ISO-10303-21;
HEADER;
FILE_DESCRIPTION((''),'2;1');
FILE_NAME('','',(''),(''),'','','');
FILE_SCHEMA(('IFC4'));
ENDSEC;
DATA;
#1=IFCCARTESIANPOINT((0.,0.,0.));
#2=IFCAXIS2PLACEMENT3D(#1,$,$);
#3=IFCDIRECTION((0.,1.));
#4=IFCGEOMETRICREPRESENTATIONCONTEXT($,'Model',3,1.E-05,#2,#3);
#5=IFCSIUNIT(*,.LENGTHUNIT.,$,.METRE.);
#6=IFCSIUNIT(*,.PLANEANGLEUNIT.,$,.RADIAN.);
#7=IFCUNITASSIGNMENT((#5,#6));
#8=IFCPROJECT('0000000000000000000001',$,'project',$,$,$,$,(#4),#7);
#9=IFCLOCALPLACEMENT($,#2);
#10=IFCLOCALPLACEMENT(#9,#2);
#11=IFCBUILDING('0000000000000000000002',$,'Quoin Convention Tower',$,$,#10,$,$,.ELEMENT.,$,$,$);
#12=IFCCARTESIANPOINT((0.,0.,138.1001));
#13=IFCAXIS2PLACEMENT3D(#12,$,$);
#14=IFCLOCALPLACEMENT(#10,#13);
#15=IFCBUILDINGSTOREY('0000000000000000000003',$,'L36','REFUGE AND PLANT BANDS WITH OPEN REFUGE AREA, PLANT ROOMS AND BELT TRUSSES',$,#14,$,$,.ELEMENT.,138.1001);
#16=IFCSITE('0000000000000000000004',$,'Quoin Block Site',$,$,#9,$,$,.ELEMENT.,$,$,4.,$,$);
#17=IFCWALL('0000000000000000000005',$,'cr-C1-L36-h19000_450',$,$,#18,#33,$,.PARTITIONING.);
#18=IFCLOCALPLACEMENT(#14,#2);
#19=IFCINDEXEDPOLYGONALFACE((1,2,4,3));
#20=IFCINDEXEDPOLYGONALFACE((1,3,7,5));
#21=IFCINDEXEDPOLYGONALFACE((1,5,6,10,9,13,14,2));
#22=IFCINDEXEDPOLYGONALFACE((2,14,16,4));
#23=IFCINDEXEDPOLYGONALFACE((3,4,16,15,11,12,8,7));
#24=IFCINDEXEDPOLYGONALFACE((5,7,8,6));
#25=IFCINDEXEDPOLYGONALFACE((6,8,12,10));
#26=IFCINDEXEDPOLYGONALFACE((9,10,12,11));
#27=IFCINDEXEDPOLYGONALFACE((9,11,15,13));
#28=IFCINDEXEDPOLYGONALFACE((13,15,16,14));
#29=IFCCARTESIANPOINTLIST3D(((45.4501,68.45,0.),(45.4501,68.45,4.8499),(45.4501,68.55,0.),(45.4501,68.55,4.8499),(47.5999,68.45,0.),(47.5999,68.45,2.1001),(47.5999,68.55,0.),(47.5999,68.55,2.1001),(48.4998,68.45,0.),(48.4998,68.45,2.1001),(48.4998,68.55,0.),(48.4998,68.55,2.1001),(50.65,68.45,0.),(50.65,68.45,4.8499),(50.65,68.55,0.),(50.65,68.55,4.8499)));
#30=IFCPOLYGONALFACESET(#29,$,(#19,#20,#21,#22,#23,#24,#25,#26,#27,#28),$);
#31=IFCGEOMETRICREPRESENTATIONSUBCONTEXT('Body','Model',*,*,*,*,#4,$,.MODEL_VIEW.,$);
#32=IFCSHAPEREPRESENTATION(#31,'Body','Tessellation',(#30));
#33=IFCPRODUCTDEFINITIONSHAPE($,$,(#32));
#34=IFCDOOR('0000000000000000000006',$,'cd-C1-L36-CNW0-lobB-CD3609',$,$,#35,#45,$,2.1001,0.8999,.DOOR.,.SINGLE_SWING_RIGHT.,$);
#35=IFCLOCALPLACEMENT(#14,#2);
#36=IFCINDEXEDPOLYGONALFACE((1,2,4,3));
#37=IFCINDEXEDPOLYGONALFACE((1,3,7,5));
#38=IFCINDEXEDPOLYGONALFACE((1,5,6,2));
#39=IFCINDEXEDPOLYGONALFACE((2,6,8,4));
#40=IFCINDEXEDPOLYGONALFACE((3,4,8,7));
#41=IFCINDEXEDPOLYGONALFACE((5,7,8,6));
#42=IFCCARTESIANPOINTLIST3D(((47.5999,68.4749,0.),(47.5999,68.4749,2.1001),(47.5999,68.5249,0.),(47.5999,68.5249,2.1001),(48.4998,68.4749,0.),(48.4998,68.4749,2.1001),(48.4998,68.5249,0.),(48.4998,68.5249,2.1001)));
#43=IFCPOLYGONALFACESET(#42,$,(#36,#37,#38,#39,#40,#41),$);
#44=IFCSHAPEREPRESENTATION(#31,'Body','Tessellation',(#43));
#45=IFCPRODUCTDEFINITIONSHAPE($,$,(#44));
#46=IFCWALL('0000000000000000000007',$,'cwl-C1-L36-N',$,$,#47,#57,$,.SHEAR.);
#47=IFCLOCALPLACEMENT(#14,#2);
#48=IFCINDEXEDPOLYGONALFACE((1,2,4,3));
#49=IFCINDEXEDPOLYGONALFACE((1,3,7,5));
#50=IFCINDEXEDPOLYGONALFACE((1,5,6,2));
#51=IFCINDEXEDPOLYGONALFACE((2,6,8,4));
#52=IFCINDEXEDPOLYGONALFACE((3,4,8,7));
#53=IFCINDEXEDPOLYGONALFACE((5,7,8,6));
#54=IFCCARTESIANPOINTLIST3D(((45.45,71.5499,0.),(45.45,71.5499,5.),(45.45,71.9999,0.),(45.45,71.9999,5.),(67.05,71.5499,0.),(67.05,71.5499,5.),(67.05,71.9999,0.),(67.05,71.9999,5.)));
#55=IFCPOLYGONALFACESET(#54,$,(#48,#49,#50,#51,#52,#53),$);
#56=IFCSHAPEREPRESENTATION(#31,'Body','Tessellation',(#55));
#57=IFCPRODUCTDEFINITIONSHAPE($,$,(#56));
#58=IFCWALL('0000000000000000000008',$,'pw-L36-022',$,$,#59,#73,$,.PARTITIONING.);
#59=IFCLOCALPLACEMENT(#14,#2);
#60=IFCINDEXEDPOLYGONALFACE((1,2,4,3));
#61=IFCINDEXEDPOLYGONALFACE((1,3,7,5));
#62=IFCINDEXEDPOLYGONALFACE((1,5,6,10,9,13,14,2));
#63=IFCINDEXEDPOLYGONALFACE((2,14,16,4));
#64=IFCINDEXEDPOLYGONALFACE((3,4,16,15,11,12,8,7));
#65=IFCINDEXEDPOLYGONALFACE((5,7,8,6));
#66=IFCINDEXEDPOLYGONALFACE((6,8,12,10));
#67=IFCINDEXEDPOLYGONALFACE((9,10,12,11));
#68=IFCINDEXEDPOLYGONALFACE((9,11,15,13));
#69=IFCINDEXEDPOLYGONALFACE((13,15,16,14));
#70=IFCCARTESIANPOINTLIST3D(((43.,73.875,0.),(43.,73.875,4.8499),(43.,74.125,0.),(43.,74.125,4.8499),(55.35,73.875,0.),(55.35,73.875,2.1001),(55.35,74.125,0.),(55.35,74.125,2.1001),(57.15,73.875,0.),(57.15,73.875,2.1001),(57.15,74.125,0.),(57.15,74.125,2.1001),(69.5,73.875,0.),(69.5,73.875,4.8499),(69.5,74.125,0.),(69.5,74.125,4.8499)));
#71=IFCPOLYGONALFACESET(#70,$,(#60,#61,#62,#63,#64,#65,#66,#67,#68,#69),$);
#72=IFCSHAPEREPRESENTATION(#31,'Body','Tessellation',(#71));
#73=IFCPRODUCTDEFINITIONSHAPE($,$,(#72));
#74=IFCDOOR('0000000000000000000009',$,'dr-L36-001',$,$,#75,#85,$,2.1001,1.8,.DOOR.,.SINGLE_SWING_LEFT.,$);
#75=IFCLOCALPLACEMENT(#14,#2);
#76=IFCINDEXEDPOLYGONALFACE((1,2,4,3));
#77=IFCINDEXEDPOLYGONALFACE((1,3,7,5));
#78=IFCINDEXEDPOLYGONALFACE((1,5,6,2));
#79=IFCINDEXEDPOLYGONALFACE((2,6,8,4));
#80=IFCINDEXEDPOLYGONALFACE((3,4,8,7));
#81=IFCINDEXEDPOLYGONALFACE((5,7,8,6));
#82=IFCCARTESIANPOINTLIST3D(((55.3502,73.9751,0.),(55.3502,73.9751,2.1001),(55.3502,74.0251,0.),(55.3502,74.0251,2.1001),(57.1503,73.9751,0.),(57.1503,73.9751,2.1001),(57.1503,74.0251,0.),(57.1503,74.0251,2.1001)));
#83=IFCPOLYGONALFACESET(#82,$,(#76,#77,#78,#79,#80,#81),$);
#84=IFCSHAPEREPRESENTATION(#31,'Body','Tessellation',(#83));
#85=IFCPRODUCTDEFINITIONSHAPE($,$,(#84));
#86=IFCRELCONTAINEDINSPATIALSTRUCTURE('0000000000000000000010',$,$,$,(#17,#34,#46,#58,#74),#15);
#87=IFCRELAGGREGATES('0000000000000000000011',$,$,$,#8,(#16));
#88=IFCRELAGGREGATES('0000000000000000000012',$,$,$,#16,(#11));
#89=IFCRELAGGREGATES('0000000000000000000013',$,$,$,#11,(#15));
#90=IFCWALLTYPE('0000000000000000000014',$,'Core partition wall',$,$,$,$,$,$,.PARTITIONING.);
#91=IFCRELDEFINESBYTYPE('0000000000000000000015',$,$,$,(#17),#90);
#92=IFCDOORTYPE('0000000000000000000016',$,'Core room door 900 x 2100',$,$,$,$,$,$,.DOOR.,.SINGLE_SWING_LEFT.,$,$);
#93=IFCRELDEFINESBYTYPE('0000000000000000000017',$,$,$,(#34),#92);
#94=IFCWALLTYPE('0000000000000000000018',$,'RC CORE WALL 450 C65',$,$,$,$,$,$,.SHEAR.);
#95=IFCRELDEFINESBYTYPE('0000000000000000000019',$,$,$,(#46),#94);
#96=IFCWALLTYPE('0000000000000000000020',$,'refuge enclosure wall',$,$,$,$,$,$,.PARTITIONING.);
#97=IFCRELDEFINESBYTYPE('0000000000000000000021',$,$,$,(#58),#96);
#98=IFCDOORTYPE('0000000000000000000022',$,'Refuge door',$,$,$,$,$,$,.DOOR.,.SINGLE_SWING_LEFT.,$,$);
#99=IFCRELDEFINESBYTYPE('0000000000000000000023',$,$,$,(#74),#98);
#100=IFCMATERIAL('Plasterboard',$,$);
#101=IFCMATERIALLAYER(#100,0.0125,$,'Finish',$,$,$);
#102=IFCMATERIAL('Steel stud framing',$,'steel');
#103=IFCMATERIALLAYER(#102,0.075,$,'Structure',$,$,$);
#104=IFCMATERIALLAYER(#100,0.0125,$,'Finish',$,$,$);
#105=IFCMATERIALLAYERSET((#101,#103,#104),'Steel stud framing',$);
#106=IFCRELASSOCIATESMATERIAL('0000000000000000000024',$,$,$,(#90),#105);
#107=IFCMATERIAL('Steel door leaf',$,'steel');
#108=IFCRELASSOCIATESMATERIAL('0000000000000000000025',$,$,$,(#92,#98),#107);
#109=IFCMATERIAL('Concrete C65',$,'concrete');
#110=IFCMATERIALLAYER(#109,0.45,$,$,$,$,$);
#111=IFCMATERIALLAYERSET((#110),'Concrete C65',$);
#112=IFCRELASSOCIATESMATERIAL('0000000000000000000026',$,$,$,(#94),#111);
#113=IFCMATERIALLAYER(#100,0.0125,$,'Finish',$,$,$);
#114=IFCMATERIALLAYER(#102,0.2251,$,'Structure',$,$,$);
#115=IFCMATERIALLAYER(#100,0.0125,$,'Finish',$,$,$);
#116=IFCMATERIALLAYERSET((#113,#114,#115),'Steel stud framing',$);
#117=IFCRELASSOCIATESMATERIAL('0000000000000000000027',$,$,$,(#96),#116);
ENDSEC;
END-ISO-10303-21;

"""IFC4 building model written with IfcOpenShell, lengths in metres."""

from ifc_helpers import new_model, si_unit, direction, frame, frame_2d, origin, place, context, subcontext, project, spatial, rectangle, extrude, material, layer, layer_set, type_object, element, fill, save


model = new_model("IFC4")

# Units and contexts
model_context = context("Model", 3, precision=1e-05, world=origin(), true_north=direction((0.0, 1.0)))
body_context = subcontext(model_context, "Body", "Model", "MODEL_VIEW")
ifc_project = project(units=[si_unit("LENGTHUNIT", "METRE"), si_unit("PLANEANGLEUNIT", "RADIAN")], contexts=[model_context])

# Site, building, storey
site_placement = place(None, origin())
site = spatial("IfcSite", under=ifc_project, at=site_placement, Name="Quoin Block Site", CompositionType="ELEMENT", RefElevation=4.0)
building_placement = place(site_placement, origin())
building = spatial("IfcBuilding", under=site, at=building_placement, Name="Quoin Convention Tower", CompositionType="ELEMENT")
storey_placement = place(building_placement, frame((0.0, 0.0, 138.1001)))
storey = spatial("IfcBuildingStorey", under=building, at=storey_placement, Name="L36", Description="REFUGE AND PLANT BANDS WITH OPEN REFUGE AREA, PLANT ROOMS AND BELT TRUSSES", CompositionType="ELEMENT", Elevation=138.1001)

# Shared definitions
ifc_material_1 = material(Name="Concrete C65", Category="concrete")

# Wall, opening, door
ifc_material_2 = material(Name="Plasterboard")
ifc_layer_1 = layer(ifc_material_2, 0.0125, Name="Finish")
ifc_material_3 = material(Name="Steel stud framing", Category="steel")
ifc_layer_2 = layer(ifc_material_3, 0.075, Name="Structure")
ifc_layer_3 = layer(ifc_material_2, 0.0125, Name="Finish")
ifc_layer_set_1 = layer_set([ifc_layer_1, ifc_layer_2, ifc_layer_3], Name="Steel stud framing")
wall_type_1 = type_object("IfcWallType", Name="Core partition wall", PredefinedType="PARTITIONING", material=ifc_layer_set_1)
wall_1_placement = place(storey_placement, frame((45.45, 68.5, 0.0), z_axis=(0.0, 0.0, 1.0), x_axis=(1.0, 0.0, 0.0)))
wall_1 = element("IfcWall", 1, at=wall_1_placement, inside=storey, type_object=wall_type_1, Name="cr-C1-L36-h19000_450", PredefinedType="PARTITIONING", context=body_context, shape_type="SweptSolid", body=[
    extrude(rectangle(XDim=5.2, YDim=0.1001, at=frame_2d((2.6001, 0.0))), origin(), (0.0, 0.0, 1.0), 4.8499),
])
opening_1_placement = place(wall_1_placement, frame((2.1499, 0.0, 0.0)))
opening_1 = element("IfcOpeningElement", 2, at=opening_1_placement, cuts=wall_1, PredefinedType="OPENING", context=body_context, shape_type="SweptSolid", body=[
    extrude(rectangle(XDim=0.8999, YDim=2.1001, at=frame_2d((0.45, 1.05))), frame((0.0, 0.0601, 0.0), z_axis=(0.0, -1.0, 0.0), x_axis=(1.0, 0.0, 0.0)), (0.0, 0.0, 1.0), 0.1201),
])
ifc_material_4 = material(Name="Steel door leaf", Category="steel")
door_type_1 = type_object("IfcDoorType", Name="Core room door 900 x 2100", OperationType="SINGLE_SWING_LEFT", PredefinedType="DOOR", material=ifc_material_4)
door_1_placement = place(opening_1_placement, origin())
door_1 = element("IfcDoor", 3, at=door_1_placement, inside=storey, type_object=door_type_1, Name="cd-C1-L36-CNW0-lobB-CD3609", OperationType="SINGLE_SWING_RIGHT", OverallHeight=2.1001, OverallWidth=0.8999, PredefinedType="DOOR", context=body_context, shape_type="SweptSolid", body=[
    extrude(rectangle(XDim=0.8999, YDim=2.1001, at=frame_2d((0.45, 1.05))), frame((0.0, 0.0249, 0.0), z_axis=(0.0, -1.0, 0.0), x_axis=(1.0, 0.0, 0.0)), (0.0, 0.0, 1.0), 0.05),
])
fill(opening_1, door_1)

# Wall
ifc_layer_4 = layer(ifc_material_1, 0.45)
ifc_layer_set_2 = layer_set([ifc_layer_4], Name="Concrete C65")
wall_type_2 = type_object("IfcWallType", Name="RC CORE WALL 450 C65", PredefinedType="SHEAR", material=ifc_layer_set_2)
wall_2_placement = place(storey_placement, frame((45.45, 71.7749, 0.0), z_axis=(0.0, 0.0, 1.0), x_axis=(1.0, 0.0, 0.0)))
element("IfcWall", 4, at=wall_2_placement, inside=storey, type_object=wall_type_2, Name="cwl-C1-L36-N", PredefinedType="SHEAR", context=body_context, shape_type="SweptSolid", body=[
    extrude(rectangle(XDim=21.6001, YDim=0.45, at=frame_2d((10.8, 0.0))), origin(), (0.0, 0.0, 1.0), 5.0),
])

# Wall, opening, door
ifc_layer_5 = layer(ifc_material_2, 0.0125, Name="Finish")
ifc_layer_6 = layer(ifc_material_3, 0.2251, Name="Structure")
ifc_layer_7 = layer(ifc_material_2, 0.0125, Name="Finish")
ifc_layer_set_3 = layer_set([ifc_layer_5, ifc_layer_6, ifc_layer_7], Name="Steel stud framing")
wall_type_3 = type_object("IfcWallType", Name="refuge enclosure wall", PredefinedType="PARTITIONING", material=ifc_layer_set_3)
wall_3_placement = place(storey_placement, frame((43.0, 74.0, 0.0), z_axis=(0.0, 0.0, 1.0), x_axis=(1.0, 0.0, 0.0)))
wall_3 = element("IfcWall", 5, at=wall_3_placement, inside=storey, type_object=wall_type_3, Name="pw-L36-022", PredefinedType="PARTITIONING", context=body_context, shape_type="SweptSolid", body=[
    extrude(rectangle(XDim=26.5, YDim=0.25, at=frame_2d((13.25, 0.0))), origin(), (0.0, 0.0, 1.0), 4.8499),
])
opening_2_placement = place(wall_3_placement, frame((12.3501, 0.0, 0.0)))
opening_2 = element("IfcOpeningElement", 6, at=opening_2_placement, cuts=wall_3, PredefinedType="OPENING", context=body_context, shape_type="SweptSolid", body=[
    extrude(rectangle(XDim=1.8, YDim=2.1001, at=frame_2d((0.8999, 1.05))), frame((0.0, 0.135, 0.0), z_axis=(0.0, -1.0, 0.0), x_axis=(1.0, 0.0, 0.0)), (0.0, 0.0, 1.0), 0.27),
])
door_type_2 = type_object("IfcDoorType", Name="Refuge door", OperationType="SINGLE_SWING_LEFT", PredefinedType="DOOR", material=ifc_material_4)
door_2_placement = place(opening_2_placement, frame((1.8, 0.0, 0.0), z_axis=(0.0, 0.0, 1.0), x_axis=(-1.0, 0.0, 0.0)))
door_2 = element("IfcDoor", 7, at=door_2_placement, inside=storey, type_object=door_type_2, Name="dr-L36-001", OperationType="SINGLE_SWING_LEFT", OverallHeight=2.1001, OverallWidth=1.8, PredefinedType="DOOR", context=body_context, shape_type="SweptSolid", body=[
    extrude(rectangle(XDim=1.8, YDim=2.1001, at=frame_2d((0.8999, 1.05))), frame((0.0, 0.0249, 0.0), z_axis=(0.0, -1.0, 0.0), x_axis=(1.0, 0.0, 0.0)), (0.0, 0.0, 1.0), 0.05),
])
fill(opening_2, door_2)

save(model, "model.ifc")
